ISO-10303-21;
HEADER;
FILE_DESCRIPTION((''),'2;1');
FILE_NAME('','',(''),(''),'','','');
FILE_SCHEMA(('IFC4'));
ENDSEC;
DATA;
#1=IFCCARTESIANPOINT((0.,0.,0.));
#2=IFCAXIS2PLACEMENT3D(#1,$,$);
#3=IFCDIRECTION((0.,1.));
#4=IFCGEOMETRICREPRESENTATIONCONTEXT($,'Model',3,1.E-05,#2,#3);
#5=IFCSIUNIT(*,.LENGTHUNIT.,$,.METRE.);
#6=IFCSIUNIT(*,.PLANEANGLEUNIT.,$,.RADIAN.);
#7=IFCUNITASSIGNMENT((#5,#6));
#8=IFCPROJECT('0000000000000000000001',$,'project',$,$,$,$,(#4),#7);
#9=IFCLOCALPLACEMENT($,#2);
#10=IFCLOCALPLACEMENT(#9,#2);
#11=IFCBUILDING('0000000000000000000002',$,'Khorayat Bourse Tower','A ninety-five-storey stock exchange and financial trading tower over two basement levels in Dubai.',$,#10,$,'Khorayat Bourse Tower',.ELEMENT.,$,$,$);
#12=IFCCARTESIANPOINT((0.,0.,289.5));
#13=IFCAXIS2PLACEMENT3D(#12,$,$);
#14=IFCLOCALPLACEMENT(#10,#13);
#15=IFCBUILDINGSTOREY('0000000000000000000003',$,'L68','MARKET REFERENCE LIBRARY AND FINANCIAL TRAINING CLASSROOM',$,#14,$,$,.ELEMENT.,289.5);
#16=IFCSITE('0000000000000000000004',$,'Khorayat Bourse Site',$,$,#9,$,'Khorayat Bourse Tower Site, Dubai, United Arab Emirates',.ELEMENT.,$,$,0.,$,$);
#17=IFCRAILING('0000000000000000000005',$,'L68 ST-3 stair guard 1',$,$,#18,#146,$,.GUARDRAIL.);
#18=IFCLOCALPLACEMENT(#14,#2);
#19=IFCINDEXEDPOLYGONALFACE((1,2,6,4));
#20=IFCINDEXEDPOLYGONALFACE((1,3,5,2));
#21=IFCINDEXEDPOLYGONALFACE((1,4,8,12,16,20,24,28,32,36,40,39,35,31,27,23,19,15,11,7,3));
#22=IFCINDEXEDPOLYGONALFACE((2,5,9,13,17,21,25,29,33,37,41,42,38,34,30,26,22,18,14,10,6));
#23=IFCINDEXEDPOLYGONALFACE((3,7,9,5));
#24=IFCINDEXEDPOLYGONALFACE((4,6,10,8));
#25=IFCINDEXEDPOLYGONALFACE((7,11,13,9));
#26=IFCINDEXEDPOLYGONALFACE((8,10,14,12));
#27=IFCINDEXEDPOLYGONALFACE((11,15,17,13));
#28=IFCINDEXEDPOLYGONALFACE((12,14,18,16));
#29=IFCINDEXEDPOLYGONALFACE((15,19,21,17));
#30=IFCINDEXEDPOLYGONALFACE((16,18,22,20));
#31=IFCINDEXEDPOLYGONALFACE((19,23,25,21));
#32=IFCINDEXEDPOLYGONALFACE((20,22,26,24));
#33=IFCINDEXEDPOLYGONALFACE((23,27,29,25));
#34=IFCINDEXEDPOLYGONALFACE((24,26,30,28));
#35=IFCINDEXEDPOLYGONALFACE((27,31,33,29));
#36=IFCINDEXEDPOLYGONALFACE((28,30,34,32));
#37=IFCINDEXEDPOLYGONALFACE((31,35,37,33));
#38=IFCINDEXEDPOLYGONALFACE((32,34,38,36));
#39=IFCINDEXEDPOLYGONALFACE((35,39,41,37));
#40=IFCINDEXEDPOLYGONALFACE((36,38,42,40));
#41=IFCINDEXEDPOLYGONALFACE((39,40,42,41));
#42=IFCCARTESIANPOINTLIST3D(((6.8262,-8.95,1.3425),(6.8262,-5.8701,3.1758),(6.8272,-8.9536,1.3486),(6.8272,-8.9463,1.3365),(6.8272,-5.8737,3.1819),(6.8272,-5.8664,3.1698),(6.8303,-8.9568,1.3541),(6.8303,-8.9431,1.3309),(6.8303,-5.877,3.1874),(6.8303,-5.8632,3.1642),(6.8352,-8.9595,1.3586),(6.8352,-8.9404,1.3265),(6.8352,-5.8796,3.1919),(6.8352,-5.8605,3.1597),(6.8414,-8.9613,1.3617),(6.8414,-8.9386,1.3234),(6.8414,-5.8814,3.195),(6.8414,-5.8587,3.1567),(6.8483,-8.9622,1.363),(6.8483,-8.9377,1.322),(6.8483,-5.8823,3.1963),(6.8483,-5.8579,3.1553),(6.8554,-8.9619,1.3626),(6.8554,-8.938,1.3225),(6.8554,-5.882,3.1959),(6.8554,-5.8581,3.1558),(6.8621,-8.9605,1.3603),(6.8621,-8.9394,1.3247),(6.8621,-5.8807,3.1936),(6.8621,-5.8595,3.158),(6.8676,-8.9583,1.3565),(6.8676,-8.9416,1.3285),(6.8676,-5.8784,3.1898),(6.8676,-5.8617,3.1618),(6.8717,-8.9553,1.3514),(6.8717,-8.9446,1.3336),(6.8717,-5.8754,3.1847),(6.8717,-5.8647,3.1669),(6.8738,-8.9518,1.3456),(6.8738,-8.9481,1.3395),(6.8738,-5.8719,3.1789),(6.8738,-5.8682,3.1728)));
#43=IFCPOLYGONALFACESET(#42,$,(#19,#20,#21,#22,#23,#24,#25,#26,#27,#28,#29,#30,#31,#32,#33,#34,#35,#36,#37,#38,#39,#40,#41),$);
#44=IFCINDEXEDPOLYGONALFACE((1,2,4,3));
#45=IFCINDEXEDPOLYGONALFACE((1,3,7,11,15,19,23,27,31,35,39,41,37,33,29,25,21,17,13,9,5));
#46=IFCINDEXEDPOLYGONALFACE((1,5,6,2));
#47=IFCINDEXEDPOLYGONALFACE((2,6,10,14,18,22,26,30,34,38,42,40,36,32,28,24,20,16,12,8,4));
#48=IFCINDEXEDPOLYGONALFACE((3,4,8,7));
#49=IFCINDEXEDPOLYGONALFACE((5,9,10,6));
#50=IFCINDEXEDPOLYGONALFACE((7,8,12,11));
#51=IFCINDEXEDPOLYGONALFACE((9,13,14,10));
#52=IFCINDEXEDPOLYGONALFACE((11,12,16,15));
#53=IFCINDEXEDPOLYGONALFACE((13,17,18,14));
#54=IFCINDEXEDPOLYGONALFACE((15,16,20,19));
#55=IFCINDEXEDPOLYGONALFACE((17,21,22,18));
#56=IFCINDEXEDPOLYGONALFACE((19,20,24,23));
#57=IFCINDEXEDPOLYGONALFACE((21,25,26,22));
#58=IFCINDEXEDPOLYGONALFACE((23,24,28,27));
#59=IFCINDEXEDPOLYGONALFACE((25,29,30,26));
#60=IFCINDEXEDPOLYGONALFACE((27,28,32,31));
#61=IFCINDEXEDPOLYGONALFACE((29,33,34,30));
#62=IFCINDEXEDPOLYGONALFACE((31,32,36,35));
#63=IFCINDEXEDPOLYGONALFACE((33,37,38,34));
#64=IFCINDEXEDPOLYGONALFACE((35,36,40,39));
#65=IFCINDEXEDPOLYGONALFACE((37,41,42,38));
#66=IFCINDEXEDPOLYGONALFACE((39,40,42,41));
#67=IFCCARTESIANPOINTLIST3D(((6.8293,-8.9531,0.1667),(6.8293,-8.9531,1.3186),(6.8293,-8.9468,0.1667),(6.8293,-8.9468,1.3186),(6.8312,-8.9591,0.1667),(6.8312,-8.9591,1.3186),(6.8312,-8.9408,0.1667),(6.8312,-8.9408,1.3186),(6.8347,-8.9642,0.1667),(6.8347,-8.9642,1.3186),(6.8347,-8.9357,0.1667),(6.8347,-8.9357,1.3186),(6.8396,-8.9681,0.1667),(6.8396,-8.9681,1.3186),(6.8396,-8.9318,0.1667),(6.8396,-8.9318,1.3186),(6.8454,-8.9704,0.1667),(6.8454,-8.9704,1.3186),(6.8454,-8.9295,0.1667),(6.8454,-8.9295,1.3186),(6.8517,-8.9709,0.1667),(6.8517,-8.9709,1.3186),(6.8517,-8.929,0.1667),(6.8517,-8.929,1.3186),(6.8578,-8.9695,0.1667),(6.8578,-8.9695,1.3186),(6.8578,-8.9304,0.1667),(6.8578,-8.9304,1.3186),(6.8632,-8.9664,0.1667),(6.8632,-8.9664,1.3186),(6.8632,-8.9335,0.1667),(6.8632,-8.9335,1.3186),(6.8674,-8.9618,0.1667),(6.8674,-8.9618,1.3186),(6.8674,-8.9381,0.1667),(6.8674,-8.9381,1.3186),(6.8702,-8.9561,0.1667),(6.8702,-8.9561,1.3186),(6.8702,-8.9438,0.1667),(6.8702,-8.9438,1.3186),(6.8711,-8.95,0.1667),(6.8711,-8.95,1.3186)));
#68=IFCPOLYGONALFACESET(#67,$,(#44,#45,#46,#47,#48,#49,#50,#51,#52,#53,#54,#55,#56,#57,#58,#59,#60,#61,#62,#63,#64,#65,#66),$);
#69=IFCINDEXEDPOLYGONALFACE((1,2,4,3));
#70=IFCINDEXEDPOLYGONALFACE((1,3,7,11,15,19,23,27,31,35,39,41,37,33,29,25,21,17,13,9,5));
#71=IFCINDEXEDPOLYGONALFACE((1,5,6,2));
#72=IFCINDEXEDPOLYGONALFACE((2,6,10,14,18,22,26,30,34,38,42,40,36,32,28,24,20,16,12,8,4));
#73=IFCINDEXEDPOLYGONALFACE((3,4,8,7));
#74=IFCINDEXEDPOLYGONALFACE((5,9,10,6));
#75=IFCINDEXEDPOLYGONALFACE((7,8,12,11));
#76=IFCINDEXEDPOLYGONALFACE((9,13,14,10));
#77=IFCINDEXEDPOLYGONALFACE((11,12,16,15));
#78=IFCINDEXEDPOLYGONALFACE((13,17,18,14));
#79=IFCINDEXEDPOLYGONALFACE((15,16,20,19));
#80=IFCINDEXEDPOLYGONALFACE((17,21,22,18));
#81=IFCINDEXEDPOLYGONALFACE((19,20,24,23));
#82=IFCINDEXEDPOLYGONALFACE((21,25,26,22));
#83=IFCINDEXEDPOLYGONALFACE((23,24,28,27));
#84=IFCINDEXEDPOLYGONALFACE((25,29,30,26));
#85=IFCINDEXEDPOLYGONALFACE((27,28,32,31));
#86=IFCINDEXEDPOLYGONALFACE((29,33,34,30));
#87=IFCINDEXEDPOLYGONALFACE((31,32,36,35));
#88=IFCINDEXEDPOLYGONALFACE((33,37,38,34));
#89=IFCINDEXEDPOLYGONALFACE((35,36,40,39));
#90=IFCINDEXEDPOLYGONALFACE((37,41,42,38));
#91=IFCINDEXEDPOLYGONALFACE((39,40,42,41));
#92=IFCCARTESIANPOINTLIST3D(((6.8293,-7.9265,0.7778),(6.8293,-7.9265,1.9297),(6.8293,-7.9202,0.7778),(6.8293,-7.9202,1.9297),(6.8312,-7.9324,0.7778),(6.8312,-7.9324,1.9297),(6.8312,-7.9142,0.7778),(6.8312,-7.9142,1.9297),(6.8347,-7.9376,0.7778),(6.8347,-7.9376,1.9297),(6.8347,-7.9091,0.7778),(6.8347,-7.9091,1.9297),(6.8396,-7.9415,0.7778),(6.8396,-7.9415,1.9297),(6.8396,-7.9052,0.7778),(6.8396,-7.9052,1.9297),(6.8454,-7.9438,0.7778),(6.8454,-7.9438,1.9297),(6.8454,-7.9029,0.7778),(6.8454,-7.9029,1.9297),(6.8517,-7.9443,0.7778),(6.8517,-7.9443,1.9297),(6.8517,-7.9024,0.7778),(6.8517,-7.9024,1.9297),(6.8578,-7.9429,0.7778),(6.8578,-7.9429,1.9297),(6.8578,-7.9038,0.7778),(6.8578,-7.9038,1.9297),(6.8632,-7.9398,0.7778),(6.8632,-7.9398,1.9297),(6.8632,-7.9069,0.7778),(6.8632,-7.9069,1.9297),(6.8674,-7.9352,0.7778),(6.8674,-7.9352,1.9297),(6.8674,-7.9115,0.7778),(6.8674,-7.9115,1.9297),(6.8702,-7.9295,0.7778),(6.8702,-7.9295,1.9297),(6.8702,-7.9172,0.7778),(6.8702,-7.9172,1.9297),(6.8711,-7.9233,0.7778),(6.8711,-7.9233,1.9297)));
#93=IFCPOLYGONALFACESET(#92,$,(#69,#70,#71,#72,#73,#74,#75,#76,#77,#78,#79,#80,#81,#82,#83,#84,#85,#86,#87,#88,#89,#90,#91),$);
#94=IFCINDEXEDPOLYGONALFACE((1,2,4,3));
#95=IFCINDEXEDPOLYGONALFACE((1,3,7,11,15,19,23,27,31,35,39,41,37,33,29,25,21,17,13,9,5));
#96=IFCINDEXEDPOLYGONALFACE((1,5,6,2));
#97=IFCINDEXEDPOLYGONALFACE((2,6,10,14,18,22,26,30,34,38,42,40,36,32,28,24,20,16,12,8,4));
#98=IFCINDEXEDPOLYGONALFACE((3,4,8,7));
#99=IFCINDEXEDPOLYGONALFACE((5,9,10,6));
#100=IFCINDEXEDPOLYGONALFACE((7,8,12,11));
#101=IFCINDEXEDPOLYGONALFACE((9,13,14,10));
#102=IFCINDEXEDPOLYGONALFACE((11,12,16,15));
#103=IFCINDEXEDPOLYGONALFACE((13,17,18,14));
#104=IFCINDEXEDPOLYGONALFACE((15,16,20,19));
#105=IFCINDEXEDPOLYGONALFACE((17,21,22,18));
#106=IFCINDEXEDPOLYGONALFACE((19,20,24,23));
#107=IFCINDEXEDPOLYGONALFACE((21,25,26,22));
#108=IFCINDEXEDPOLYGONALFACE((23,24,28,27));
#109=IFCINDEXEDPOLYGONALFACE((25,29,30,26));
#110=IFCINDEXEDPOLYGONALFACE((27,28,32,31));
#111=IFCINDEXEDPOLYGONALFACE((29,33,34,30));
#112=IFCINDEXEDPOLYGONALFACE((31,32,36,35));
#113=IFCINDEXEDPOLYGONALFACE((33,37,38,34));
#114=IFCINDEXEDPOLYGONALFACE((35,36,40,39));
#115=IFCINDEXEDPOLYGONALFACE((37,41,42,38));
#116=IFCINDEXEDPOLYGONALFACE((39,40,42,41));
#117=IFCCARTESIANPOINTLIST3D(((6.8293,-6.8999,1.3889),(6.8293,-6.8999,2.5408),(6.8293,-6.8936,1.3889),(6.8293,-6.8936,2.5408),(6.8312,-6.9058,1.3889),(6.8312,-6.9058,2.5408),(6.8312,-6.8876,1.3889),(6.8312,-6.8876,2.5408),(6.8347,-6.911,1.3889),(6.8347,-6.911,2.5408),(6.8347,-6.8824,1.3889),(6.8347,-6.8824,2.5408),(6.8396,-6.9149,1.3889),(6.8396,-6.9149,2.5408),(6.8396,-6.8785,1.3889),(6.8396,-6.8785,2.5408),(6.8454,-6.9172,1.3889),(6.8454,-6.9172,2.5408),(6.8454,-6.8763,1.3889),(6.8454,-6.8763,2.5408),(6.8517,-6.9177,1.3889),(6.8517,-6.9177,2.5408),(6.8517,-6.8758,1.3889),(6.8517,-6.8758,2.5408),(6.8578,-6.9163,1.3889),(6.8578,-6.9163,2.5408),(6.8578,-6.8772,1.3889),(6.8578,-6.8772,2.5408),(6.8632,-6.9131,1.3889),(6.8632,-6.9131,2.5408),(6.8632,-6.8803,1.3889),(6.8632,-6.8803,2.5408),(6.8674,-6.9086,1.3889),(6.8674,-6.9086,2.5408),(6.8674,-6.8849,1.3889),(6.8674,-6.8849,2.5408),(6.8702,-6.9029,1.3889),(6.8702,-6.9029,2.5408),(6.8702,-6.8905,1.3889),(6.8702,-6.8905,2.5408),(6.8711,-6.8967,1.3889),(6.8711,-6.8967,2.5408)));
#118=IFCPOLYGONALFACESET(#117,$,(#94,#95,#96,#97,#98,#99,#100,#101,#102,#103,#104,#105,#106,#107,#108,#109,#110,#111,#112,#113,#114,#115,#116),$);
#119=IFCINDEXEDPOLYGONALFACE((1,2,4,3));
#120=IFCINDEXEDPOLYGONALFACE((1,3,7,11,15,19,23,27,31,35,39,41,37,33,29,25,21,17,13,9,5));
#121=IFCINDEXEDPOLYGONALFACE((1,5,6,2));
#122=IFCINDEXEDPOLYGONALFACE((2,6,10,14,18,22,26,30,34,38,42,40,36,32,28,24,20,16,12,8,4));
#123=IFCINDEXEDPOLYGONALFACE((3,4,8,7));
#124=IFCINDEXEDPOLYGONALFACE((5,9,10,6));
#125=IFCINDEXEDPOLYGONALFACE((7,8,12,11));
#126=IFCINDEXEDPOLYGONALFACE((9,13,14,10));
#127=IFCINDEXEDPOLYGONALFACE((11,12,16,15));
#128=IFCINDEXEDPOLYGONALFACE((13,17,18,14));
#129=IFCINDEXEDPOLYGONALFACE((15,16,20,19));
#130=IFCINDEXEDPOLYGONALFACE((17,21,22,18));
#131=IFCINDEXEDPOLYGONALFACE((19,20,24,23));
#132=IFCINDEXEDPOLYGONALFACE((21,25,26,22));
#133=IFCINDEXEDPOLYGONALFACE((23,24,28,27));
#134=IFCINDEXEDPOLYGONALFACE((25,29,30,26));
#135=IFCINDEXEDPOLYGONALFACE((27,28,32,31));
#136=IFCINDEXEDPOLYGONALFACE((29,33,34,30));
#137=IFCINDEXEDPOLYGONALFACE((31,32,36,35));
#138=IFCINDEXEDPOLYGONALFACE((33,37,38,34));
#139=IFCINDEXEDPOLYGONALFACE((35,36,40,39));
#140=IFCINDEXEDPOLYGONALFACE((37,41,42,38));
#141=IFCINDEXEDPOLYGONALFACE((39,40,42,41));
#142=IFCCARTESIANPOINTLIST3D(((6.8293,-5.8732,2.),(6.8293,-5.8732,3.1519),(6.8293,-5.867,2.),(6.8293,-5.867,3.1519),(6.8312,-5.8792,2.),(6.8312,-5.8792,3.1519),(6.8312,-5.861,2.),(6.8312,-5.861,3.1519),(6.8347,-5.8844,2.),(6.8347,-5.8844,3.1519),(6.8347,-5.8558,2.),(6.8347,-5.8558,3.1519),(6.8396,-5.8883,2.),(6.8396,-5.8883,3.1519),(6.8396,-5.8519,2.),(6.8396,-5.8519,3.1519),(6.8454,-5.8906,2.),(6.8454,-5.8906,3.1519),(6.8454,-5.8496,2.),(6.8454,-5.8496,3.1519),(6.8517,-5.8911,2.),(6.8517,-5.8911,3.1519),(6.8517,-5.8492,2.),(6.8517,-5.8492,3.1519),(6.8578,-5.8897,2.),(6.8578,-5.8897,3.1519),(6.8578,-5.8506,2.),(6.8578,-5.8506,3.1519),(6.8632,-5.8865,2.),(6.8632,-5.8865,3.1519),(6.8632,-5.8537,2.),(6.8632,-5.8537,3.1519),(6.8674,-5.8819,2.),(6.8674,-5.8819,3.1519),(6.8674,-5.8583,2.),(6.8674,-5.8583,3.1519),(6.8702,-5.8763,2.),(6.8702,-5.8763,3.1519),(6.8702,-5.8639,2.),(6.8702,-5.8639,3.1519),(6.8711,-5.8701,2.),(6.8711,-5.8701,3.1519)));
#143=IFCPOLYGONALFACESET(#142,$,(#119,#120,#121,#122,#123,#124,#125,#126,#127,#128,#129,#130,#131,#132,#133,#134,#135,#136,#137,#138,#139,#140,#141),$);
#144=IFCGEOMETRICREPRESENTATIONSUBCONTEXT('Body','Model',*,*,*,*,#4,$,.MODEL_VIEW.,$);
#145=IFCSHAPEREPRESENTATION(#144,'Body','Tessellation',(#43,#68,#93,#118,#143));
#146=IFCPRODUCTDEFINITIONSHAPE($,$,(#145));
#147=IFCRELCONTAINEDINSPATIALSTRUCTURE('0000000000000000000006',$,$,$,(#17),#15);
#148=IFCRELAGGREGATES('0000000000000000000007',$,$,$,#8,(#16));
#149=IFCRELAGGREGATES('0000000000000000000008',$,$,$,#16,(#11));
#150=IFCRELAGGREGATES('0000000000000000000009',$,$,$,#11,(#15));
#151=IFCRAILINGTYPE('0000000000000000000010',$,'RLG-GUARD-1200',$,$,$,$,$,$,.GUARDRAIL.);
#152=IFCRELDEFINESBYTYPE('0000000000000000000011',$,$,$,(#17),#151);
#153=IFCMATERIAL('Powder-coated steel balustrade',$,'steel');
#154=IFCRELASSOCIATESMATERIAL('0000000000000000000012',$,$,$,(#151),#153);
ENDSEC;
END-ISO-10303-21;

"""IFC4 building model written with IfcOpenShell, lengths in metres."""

from ifc_helpers import new_model, si_unit, direction, frame, origin, origin_2d, place, context, subcontext, project, spatial, circle, extrude, source, transform, mapped, material, type_object, element, save


model = new_model("IFC4")

# Units and contexts
model_context = context("Model", 3, precision=1e-05, world=origin(), true_north=direction((0.0, 1.0)))
body_context = subcontext(model_context, "Body", "Model", "MODEL_VIEW")
ifc_project = project(units=[si_unit("LENGTHUNIT", "METRE"), si_unit("PLANEANGLEUNIT", "RADIAN")], contexts=[model_context])

# Site, building, storey
site_placement = place(None, origin())
site = spatial("IfcSite", under=ifc_project, at=site_placement, Name="Khorayat Bourse Site", LongName="Khorayat Bourse Tower Site, Dubai, United Arab Emirates", CompositionType="ELEMENT", RefElevation=0.0)
building_placement = place(site_placement, origin())
building = spatial("IfcBuilding", under=site, at=building_placement, Name="Khorayat Bourse Tower", Description="A ninety-five-storey stock exchange and financial trading tower over two basement levels in Dubai.", LongName="Khorayat Bourse Tower", CompositionType="ELEMENT")
storey_placement = place(building_placement, frame((0.0, 0.0, 289.5)))
storey = spatial("IfcBuildingStorey", under=building, at=storey_placement, Name="L68", Description="MARKET REFERENCE LIBRARY AND FINANCIAL TRAINING CLASSROOM", CompositionType="ELEMENT", Elevation=289.5)

# Railing
ifc_material_1 = material(Name="Powder-coated steel balustrade", Category="steel")
railing_type_1 = type_object("IfcRailingType", Name="RLG-GUARD-1200", PredefinedType="GUARDRAIL", material=ifc_material_1)
shared_shape_1 = source(origin(), body_context, "Body", "SweptSolid", [
    extrude(circle(Radius=0.0239, at=origin_2d()), frame((0.0, 0.0, 1.1758), z_axis=(0.0, 0.859291, 0.511487), x_axis=(-1.0, 0.0, 0.0)), (0.0, 0.0, 1.0), 3.5842),
    extrude(circle(Radius=0.021, at=origin_2d()), origin(), (0.0, 0.0, 1.0), 1.1519),
    extrude(circle(Radius=0.021, at=origin_2d()), frame((0.0, 1.0266, 0.6111)), (0.0, 0.0, 1.0), 1.1519),
    extrude(circle(Radius=0.021, at=origin_2d()), frame((0.0, 2.0532, 1.2222)), (0.0, 0.0, 1.0), 1.1519),
    extrude(circle(Radius=0.021, at=origin_2d()), frame((0.0, 3.0798, 1.8333)), (0.0, 0.0, 1.0), 1.1519),
])
railing_1_placement = place(storey_placement, frame((6.8501, -8.95, 0.1667)))
element("IfcRailing", 1, at=railing_1_placement, inside=storey, type_object=railing_type_1, Name="L68 ST-3 stair guard 1", PredefinedType="GUARDRAIL", context=body_context, shape_type="MappedRepresentation", body=[
    mapped(shared_shape_1, transform((0.0, 0.0, 0.0), scale=1.0)),
])

save(model, "model.ifc")
